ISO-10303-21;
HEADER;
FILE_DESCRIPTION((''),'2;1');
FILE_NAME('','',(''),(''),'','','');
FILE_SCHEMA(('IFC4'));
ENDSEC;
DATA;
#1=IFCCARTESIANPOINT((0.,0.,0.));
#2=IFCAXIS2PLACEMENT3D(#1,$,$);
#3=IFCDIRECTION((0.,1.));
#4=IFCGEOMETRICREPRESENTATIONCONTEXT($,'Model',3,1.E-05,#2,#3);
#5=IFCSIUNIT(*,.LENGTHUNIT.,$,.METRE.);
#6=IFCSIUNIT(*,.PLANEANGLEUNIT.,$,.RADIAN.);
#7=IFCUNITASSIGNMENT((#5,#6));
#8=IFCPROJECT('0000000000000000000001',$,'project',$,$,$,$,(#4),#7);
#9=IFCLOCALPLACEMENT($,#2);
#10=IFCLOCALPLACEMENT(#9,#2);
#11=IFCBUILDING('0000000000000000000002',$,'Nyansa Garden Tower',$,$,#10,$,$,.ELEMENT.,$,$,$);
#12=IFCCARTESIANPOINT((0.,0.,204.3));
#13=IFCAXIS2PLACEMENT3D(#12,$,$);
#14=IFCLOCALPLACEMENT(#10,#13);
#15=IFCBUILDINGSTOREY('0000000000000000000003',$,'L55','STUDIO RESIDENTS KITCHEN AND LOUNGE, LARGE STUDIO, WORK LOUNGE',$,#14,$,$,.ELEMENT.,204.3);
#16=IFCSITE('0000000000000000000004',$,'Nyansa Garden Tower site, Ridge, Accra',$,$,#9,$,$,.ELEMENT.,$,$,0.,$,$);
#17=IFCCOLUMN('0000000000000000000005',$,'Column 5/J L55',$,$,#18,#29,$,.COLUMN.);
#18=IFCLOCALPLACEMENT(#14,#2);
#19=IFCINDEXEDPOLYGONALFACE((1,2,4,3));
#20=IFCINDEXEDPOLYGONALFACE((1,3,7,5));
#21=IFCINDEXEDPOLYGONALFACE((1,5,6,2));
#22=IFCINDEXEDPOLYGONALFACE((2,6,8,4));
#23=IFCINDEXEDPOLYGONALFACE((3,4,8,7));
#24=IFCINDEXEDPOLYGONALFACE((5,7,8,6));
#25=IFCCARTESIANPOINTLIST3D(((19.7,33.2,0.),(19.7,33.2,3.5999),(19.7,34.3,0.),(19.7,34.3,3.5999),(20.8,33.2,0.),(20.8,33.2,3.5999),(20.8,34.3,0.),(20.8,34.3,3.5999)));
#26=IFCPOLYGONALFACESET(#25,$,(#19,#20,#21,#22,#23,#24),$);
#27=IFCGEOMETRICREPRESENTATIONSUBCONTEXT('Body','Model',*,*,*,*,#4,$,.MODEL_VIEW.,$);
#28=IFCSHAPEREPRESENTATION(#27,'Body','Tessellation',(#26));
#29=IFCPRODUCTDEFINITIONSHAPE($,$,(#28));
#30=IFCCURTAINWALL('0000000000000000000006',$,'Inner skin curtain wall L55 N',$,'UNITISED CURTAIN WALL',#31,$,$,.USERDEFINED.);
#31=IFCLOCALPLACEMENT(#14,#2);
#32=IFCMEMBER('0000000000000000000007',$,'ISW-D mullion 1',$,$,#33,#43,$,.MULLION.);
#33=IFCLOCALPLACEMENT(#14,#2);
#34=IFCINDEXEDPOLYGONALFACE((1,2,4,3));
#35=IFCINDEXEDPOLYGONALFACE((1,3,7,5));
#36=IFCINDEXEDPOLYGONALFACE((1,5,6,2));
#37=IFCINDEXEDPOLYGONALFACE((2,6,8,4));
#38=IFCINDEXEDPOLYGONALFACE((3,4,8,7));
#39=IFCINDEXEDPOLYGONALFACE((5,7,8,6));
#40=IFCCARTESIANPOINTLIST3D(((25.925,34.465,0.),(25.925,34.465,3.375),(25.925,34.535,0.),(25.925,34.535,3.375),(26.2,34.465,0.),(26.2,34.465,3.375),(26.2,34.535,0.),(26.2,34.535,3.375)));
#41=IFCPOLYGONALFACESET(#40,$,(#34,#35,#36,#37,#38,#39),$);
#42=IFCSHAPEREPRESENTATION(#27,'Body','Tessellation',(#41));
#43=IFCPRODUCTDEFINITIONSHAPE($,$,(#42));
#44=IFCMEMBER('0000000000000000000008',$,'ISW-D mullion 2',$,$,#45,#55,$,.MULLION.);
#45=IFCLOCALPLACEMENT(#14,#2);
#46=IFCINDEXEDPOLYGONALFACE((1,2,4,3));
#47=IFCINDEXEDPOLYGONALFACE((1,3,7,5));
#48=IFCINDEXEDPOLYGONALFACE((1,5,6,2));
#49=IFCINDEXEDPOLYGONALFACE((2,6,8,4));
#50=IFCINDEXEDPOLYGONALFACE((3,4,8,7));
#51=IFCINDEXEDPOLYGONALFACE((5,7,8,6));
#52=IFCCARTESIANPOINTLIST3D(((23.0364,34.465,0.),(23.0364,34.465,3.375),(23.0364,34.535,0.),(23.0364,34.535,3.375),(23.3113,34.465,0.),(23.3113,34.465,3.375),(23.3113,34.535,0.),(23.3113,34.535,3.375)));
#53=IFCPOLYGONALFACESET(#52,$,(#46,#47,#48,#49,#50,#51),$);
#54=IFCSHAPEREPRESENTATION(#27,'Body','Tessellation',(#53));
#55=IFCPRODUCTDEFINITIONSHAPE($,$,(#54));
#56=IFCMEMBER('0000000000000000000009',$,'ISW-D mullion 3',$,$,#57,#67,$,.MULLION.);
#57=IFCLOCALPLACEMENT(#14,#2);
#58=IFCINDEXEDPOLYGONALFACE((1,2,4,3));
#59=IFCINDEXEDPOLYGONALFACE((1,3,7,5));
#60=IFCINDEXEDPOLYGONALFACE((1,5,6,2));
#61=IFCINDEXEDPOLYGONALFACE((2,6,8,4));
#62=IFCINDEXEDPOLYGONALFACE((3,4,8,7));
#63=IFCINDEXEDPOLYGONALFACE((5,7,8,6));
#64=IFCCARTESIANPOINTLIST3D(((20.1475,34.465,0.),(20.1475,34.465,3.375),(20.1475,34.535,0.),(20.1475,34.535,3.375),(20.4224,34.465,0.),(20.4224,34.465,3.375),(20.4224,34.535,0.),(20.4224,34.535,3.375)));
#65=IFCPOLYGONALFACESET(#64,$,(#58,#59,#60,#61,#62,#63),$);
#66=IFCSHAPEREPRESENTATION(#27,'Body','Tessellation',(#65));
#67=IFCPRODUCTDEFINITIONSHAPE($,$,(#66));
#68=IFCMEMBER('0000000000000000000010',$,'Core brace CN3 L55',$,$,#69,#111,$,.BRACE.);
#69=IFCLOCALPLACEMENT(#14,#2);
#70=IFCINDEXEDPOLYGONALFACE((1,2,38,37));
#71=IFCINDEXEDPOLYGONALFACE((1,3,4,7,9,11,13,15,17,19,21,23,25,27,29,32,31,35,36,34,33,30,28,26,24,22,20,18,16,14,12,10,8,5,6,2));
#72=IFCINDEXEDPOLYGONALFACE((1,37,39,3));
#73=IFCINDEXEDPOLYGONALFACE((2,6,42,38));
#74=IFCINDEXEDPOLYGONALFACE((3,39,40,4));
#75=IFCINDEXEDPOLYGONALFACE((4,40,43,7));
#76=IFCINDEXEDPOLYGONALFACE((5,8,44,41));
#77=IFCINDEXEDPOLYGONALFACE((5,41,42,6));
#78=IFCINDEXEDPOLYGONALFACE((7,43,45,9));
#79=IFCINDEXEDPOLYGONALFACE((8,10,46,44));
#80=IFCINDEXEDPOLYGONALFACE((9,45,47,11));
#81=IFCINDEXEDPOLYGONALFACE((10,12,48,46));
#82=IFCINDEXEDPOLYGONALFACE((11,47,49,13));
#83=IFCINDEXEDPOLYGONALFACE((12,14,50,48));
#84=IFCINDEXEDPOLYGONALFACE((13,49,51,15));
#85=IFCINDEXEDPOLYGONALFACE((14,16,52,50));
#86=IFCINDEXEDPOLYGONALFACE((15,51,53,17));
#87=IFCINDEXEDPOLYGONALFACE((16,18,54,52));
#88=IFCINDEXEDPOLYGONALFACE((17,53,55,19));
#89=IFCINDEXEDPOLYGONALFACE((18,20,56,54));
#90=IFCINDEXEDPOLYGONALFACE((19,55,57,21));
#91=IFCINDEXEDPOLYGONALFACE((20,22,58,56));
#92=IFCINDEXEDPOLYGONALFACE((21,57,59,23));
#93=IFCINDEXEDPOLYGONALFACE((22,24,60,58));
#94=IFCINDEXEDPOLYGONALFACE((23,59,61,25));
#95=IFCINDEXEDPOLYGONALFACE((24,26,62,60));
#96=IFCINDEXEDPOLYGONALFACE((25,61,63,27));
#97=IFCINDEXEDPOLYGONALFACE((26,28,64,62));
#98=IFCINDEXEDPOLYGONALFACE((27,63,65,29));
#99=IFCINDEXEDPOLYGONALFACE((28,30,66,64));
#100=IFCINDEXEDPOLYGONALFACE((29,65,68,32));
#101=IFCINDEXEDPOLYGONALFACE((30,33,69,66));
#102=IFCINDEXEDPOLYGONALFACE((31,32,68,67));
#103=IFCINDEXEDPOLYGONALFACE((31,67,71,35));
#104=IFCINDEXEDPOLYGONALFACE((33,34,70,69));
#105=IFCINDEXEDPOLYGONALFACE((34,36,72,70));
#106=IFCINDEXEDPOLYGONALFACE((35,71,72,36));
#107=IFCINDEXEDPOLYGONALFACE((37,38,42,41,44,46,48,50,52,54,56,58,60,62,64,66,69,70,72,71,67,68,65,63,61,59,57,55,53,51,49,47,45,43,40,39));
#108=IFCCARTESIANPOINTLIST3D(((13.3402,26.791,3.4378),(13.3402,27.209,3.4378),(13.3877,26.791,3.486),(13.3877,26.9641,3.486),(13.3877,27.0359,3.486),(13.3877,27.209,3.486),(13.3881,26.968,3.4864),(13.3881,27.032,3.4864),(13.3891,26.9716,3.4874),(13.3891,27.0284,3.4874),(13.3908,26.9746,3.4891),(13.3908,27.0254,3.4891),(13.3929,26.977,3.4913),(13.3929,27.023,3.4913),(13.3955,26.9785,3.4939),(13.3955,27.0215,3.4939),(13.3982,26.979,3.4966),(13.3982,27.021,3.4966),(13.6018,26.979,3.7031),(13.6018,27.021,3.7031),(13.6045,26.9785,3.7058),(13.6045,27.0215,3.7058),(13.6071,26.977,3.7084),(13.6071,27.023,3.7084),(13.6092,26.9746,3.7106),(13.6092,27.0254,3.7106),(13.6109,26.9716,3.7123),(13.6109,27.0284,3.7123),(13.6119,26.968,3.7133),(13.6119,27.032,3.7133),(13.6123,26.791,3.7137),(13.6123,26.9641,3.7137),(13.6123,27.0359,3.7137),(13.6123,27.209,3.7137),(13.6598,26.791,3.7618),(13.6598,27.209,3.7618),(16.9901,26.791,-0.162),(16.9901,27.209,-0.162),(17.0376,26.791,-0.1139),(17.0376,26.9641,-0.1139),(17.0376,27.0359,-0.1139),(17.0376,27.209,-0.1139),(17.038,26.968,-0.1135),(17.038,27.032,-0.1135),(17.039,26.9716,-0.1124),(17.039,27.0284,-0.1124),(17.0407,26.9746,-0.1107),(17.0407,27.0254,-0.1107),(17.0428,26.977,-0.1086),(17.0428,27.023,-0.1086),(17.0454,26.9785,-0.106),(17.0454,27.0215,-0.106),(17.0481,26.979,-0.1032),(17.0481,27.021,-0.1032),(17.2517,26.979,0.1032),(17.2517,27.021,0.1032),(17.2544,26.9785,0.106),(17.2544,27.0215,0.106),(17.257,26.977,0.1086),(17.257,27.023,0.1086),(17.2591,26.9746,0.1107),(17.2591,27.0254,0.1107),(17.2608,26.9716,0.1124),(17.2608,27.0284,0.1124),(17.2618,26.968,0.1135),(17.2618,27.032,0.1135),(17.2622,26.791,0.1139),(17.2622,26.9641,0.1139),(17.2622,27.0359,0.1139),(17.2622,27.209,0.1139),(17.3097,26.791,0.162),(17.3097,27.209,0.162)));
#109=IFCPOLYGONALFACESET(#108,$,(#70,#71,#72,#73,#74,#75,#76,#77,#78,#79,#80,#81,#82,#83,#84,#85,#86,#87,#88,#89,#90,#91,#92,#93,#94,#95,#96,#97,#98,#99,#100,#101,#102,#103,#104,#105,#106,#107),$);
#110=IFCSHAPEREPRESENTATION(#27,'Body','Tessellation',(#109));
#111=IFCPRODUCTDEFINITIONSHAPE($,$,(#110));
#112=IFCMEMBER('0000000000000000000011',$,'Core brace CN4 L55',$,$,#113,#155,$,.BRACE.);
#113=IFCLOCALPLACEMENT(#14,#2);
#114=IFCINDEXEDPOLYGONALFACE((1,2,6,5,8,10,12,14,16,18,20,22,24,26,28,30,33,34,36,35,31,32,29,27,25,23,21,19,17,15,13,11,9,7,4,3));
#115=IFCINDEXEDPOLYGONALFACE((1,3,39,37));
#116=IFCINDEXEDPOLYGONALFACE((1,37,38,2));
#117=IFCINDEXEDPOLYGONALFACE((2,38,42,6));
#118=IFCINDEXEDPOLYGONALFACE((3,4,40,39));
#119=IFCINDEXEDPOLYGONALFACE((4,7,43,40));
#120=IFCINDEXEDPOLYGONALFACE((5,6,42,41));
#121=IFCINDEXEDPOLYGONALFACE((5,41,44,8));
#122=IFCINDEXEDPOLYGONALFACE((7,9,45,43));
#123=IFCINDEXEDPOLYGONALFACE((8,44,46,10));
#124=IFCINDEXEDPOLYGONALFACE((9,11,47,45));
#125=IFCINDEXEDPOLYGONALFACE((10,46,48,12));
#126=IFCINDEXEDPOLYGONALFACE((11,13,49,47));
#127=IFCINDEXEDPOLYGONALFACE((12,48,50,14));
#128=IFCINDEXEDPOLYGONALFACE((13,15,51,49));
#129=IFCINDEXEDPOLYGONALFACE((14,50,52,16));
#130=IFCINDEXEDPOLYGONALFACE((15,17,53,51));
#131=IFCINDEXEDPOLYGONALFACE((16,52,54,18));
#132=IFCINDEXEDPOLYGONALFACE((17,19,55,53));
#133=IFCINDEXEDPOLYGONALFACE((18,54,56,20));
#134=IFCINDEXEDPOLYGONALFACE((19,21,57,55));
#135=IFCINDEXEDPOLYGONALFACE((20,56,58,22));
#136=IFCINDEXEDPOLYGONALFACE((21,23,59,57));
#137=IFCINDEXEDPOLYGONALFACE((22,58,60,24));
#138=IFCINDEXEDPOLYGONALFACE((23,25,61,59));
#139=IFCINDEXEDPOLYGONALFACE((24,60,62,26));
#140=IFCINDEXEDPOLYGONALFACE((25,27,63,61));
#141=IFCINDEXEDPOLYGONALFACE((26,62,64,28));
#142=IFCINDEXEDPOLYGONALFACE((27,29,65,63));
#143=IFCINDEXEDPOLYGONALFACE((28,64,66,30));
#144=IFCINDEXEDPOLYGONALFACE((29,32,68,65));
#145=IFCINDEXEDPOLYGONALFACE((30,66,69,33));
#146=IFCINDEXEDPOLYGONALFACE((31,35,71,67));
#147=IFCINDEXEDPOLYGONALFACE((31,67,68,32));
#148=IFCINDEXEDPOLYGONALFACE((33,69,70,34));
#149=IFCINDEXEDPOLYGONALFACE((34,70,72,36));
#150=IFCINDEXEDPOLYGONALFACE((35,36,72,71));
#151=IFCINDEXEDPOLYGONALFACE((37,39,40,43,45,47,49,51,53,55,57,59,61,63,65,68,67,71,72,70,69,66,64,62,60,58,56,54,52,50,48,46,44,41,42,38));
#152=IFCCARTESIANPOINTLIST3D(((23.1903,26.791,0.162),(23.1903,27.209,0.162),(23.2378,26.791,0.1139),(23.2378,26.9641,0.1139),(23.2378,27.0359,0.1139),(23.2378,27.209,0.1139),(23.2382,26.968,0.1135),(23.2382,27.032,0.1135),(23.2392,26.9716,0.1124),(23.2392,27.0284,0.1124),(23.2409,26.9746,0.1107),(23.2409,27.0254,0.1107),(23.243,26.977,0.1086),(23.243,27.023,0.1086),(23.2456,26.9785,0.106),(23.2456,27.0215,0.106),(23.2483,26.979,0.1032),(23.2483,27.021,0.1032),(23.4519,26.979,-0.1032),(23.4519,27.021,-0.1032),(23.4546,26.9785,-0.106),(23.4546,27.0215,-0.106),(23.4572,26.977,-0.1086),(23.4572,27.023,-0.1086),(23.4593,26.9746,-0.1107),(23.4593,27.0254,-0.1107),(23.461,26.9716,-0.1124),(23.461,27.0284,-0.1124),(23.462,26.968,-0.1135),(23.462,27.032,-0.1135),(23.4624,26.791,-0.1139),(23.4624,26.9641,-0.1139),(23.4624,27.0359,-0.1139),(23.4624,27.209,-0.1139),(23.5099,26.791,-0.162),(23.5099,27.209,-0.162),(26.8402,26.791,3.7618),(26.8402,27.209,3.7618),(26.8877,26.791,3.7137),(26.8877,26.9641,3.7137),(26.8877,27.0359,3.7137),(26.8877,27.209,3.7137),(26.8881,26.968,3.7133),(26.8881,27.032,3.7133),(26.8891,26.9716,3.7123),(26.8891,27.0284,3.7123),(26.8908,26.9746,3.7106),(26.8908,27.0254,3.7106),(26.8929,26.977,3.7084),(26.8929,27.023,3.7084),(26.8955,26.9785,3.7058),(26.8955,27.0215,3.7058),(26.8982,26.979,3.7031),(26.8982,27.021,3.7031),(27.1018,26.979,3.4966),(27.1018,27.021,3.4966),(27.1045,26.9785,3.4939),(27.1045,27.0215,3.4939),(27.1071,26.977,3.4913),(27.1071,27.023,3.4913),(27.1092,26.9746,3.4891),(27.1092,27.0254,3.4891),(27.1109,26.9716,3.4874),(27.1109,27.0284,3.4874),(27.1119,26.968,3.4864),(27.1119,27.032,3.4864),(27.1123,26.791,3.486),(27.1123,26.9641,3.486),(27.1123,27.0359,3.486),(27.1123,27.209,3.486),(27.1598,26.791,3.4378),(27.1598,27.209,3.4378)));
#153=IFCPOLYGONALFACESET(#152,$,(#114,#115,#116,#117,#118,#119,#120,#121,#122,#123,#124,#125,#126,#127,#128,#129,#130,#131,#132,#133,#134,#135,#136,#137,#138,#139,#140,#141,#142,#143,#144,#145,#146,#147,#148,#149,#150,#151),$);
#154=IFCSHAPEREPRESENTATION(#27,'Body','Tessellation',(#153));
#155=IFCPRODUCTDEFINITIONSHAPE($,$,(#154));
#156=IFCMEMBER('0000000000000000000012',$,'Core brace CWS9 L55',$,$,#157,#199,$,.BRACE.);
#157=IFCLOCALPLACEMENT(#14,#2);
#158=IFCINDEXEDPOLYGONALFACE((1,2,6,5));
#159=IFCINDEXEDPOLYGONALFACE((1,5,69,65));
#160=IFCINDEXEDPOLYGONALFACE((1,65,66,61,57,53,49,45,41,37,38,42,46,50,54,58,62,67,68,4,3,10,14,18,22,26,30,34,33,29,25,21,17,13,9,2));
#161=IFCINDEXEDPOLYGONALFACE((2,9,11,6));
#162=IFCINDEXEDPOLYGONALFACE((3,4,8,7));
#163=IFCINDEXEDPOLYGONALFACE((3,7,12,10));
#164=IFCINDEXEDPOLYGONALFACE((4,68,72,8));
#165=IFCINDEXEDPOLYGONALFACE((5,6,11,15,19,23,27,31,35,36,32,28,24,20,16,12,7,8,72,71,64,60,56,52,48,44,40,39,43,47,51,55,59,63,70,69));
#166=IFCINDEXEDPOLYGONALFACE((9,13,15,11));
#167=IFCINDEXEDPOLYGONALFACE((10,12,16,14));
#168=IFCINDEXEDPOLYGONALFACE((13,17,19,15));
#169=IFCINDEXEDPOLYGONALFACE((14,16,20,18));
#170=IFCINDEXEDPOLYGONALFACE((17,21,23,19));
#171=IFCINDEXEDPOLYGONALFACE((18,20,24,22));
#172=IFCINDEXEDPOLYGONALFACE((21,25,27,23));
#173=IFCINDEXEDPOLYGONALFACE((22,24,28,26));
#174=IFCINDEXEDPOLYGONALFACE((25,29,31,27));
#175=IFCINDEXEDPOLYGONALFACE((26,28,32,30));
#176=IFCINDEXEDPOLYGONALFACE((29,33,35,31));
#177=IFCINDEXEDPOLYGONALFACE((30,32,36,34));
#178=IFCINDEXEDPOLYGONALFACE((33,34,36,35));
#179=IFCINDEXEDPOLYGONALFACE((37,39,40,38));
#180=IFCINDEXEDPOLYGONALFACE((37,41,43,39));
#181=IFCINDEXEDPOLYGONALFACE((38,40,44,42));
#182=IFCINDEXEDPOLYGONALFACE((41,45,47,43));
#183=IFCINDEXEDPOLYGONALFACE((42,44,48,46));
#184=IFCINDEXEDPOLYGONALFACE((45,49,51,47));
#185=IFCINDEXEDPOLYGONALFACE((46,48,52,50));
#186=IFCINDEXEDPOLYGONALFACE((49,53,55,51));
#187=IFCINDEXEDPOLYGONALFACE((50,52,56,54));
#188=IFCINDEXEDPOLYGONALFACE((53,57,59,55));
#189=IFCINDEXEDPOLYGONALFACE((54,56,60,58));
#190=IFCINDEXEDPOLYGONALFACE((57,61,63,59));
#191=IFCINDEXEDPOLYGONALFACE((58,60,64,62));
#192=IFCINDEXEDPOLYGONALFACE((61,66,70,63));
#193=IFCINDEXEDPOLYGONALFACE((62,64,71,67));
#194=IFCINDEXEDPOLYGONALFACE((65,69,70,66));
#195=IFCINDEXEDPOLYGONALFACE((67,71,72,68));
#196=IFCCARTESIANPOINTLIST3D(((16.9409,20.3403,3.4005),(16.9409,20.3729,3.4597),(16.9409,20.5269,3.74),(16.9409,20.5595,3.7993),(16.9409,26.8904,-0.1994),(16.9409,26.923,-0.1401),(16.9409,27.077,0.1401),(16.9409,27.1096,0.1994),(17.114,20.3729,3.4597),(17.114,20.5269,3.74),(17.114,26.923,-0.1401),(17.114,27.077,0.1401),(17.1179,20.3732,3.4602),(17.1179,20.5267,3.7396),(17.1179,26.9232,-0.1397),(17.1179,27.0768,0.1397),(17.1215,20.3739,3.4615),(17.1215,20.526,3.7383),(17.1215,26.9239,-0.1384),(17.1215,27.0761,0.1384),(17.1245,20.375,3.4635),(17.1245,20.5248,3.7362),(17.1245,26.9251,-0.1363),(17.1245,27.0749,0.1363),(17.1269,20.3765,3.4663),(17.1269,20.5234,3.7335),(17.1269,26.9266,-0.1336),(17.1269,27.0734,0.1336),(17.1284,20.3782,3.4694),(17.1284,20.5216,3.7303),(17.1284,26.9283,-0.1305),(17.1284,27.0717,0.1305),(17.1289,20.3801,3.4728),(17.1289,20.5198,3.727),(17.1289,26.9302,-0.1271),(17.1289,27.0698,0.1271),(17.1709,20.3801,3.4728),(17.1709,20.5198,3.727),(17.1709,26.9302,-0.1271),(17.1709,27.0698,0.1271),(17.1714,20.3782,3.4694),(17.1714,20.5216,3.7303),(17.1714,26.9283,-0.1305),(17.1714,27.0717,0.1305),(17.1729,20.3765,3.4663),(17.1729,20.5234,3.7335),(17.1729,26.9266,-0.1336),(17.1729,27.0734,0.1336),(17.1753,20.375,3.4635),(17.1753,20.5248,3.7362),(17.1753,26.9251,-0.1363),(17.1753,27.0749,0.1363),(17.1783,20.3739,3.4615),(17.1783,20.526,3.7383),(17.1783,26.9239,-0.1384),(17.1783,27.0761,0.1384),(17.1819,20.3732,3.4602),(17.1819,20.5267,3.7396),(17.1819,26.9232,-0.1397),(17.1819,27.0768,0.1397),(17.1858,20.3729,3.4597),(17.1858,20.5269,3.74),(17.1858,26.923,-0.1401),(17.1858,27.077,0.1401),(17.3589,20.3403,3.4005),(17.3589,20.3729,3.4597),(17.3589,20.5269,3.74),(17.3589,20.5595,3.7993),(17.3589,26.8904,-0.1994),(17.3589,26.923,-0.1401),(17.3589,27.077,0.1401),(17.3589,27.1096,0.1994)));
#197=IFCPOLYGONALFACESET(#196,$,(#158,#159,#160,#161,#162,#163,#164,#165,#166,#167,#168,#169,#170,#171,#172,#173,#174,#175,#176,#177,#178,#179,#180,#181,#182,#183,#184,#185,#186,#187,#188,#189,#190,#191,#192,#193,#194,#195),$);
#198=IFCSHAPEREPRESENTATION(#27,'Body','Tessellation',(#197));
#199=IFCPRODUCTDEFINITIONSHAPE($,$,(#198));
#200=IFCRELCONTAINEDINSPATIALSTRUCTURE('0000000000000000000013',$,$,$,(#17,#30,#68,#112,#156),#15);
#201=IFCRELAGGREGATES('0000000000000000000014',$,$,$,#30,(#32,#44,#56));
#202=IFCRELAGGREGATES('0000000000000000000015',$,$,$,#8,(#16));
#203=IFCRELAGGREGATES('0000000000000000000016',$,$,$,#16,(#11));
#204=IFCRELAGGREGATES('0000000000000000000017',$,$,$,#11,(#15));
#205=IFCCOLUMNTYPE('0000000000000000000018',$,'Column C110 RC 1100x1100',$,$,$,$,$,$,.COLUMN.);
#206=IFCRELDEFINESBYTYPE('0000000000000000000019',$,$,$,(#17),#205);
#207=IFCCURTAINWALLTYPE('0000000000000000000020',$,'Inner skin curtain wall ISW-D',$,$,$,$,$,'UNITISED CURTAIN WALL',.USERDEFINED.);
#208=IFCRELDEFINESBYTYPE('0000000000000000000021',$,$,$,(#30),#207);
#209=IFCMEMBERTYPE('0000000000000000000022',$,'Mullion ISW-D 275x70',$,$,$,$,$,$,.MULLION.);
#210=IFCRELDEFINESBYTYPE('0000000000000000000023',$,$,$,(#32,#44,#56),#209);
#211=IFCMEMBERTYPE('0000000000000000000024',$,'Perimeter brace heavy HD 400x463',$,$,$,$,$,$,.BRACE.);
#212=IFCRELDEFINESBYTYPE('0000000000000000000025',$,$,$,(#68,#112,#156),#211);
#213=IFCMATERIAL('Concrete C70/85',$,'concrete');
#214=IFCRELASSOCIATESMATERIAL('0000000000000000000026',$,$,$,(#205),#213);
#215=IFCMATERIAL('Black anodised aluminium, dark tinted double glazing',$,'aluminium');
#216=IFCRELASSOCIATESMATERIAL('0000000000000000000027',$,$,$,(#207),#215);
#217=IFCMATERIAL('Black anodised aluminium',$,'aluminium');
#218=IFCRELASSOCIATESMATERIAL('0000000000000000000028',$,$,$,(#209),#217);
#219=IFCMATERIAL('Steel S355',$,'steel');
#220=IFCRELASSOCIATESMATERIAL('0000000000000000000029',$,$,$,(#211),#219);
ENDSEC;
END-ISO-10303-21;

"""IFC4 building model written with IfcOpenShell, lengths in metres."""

from ifc_helpers import new_model, si_unit, direction, frame, origin, origin_2d, place, context, subcontext, project, spatial, rectangle, i_section, extrude, material, material_profile, profile_set, type_object, element, aggregate, save


model = new_model("IFC4")

# Units and contexts
model_context = context("Model", 3, precision=1e-05, world=origin(), true_north=direction((0.0, 1.0)))
body_context = subcontext(model_context, "Body", "Model", "MODEL_VIEW")
ifc_project = project(units=[si_unit("LENGTHUNIT", "METRE"), si_unit("PLANEANGLEUNIT", "RADIAN")], contexts=[model_context])

# Site, building, storey
site_placement = place(None, origin())
site = spatial("IfcSite", under=ifc_project, at=site_placement, Name="Nyansa Garden Tower site, Ridge, Accra", CompositionType="ELEMENT", RefElevation=0.0)
building_placement = place(site_placement, origin())
building = spatial("IfcBuilding", under=site, at=building_placement, Name="Nyansa Garden Tower", CompositionType="ELEMENT")
storey_placement = place(building_placement, frame((0.0, 0.0, 204.3)))
storey = spatial("IfcBuildingStorey", under=building, at=storey_placement, Name="L55", Description="STUDIO RESIDENTS KITCHEN AND LOUNGE, LARGE STUDIO, WORK LOUNGE", CompositionType="ELEMENT", Elevation=204.3)

# Column
ifc_material_1 = material(Name="Concrete C70/85", Category="concrete")
ifc_material_profile_1 = material_profile(ifc_material_1, rectangle(XDim=1.1001, YDim=1.1001, at=origin_2d()), Name="RC 1100x1100")
ifc_profile_set_1 = profile_set([ifc_material_profile_1], Name="Concrete C70/85")
column_type = type_object("IfcColumnType", Name="Column C110 RC 1100x1100", PredefinedType="COLUMN", material=ifc_profile_set_1)
column_placement = place(storey_placement, frame((20.25, 33.75, 0.0), z_axis=(0.0, 0.0, 1.0), x_axis=(1.0, 0.0, 0.0)))
element("IfcColumn", 1, at=column_placement, inside=storey, type_object=column_type, Name="Column 5/J L55", PredefinedType="COLUMN", context=body_context, shape_type="SweptSolid", body=[
    extrude(rectangle(XDim=1.1001, YDim=1.1001, at=origin_2d()), origin(), (0.0, 0.0, 1.0), 3.5999),
])

# Curtain wall, members
ifc_material_2 = material(Name="Black anodised aluminium, dark tinted double glazing", Category="aluminium")
curtain_wall_type = type_object("IfcCurtainWallType", Name="Inner skin curtain wall ISW-D", ElementType="UNITISED CURTAIN WALL", PredefinedType="USERDEFINED", material=ifc_material_2)
curtain_wall_placement = place(storey_placement, origin())
curtain_wall = element("IfcCurtainWall", 2, at=curtain_wall_placement, inside=storey, type_object=curtain_wall_type, Name="Inner skin curtain wall L55 N", ObjectType="UNITISED CURTAIN WALL", PredefinedType="USERDEFINED")
ifc_material_3 = material(Name="Black anodised aluminium", Category="aluminium")
ifc_material_profile_2 = material_profile(ifc_material_3, rectangle(XDim=0.0701, YDim=0.2749, at=origin_2d()), Name="Mullion 275x70")
ifc_profile_set_2 = profile_set([ifc_material_profile_2], Name="Black anodised aluminium")
member_type_1 = type_object("IfcMemberType", Name="Mullion ISW-D 275x70", PredefinedType="MULLION", material=ifc_profile_set_2)
member_1_placement = place(storey_placement, frame((26.0625, 34.5, 0.0), z_axis=(0.0, 0.0, 1.0), x_axis=(0.0, -1.0, 0.0)))
member_1 = element("IfcMember", 3, at=member_1_placement, type_object=member_type_1, Name="ISW-D mullion 1", PredefinedType="MULLION", context=body_context, shape_type="SweptSolid", body=[
    extrude(rectangle(XDim=0.0701, YDim=0.2749, at=origin_2d()), origin(), (0.0, 0.0, 1.0), 3.375),
])
member_2_placement = place(storey_placement, frame((23.1738, 34.5, 0.0), z_axis=(0.0, 0.0, 1.0), x_axis=(0.0, -1.0, 0.0)))
member_2 = element("IfcMember", 4, at=member_2_placement, type_object=member_type_1, Name="ISW-D mullion 2", PredefinedType="MULLION", context=body_context, shape_type="SweptSolid", body=[
    extrude(rectangle(XDim=0.0701, YDim=0.2749, at=origin_2d()), origin(), (0.0, 0.0, 1.0), 3.375),
])
member_3_placement = place(storey_placement, frame((20.2849, 34.5, 0.0), z_axis=(0.0, 0.0, 1.0), x_axis=(0.0, -1.0, 0.0)))
member_3 = element("IfcMember", 5, at=member_3_placement, type_object=member_type_1, Name="ISW-D mullion 3", PredefinedType="MULLION", context=body_context, shape_type="SweptSolid", body=[
    extrude(rectangle(XDim=0.0701, YDim=0.2749, at=origin_2d()), origin(), (0.0, 0.0, 1.0), 3.375),
])

# Members
ifc_material_4 = material(Name="Steel S355", Category="steel")
ifc_material_profile_3 = material_profile(ifc_material_4, i_section(OverallWidth=0.418, OverallDepth=0.4551, WebThickness=0.042, FlangeThickness=0.0676, FilletRadius=0.0149, at=origin_2d()), Name="HD 400x463")
ifc_profile_set_3 = profile_set([ifc_material_profile_3], Name="Steel S355")
member_type_2 = type_object("IfcMemberType", Name="Perimeter brace heavy HD 400x463", PredefinedType="BRACE", material=ifc_profile_set_3)
for number, where, z_axis, x_axis, name in (
    (6, (17.1499, 27.0, 0.0), (-0.711971, 0.0, 0.702209), (0.0, -1.0, 0.0), "Core brace CN3 L55"),
    (7, (23.3501, 27.0, 0.0), (0.711971, 0.0, 0.702209), (0.0, 1.0, 0.0), "Core brace CN4 L55"),
):
    element("IfcMember", number, at=place(storey_placement, frame(where, z_axis=z_axis, x_axis=x_axis)), inside=storey, type_object=member_type_2, Name=name, PredefinedType="BRACE", context=body_context, shape_type="SweptSolid", body=[
        extrude(i_section(OverallWidth=0.418, OverallDepth=0.4551, WebThickness=0.042, FlangeThickness=0.0676, FilletRadius=0.0149, at=origin_2d()), origin(), (0.0, 0.0, 1.0), 5.1265),
    ])
for number, where, z_axis, x_axis, name in (
    (8, (17.1499, 27.0, 0.0), (0.0, -0.876367, 0.481644), (1.0, 0.0, 0.0), "Core brace CWS9 L55"),
):
    element("IfcMember", number, at=place(storey_placement, frame(where, z_axis=z_axis, x_axis=x_axis)), inside=storey, type_object=member_type_2, Name=name, PredefinedType="BRACE", context=body_context, shape_type="SweptSolid", body=[
        extrude(i_section(OverallWidth=0.418, OverallDepth=0.4551, WebThickness=0.042, FlangeThickness=0.0676, FilletRadius=0.0149, at=origin_2d()), origin(), (0.0, 0.0, 1.0), 7.4741),
    ])

aggregate(curtain_wall, [member_1, member_2, member_3])

save(model, "model.ifc")
